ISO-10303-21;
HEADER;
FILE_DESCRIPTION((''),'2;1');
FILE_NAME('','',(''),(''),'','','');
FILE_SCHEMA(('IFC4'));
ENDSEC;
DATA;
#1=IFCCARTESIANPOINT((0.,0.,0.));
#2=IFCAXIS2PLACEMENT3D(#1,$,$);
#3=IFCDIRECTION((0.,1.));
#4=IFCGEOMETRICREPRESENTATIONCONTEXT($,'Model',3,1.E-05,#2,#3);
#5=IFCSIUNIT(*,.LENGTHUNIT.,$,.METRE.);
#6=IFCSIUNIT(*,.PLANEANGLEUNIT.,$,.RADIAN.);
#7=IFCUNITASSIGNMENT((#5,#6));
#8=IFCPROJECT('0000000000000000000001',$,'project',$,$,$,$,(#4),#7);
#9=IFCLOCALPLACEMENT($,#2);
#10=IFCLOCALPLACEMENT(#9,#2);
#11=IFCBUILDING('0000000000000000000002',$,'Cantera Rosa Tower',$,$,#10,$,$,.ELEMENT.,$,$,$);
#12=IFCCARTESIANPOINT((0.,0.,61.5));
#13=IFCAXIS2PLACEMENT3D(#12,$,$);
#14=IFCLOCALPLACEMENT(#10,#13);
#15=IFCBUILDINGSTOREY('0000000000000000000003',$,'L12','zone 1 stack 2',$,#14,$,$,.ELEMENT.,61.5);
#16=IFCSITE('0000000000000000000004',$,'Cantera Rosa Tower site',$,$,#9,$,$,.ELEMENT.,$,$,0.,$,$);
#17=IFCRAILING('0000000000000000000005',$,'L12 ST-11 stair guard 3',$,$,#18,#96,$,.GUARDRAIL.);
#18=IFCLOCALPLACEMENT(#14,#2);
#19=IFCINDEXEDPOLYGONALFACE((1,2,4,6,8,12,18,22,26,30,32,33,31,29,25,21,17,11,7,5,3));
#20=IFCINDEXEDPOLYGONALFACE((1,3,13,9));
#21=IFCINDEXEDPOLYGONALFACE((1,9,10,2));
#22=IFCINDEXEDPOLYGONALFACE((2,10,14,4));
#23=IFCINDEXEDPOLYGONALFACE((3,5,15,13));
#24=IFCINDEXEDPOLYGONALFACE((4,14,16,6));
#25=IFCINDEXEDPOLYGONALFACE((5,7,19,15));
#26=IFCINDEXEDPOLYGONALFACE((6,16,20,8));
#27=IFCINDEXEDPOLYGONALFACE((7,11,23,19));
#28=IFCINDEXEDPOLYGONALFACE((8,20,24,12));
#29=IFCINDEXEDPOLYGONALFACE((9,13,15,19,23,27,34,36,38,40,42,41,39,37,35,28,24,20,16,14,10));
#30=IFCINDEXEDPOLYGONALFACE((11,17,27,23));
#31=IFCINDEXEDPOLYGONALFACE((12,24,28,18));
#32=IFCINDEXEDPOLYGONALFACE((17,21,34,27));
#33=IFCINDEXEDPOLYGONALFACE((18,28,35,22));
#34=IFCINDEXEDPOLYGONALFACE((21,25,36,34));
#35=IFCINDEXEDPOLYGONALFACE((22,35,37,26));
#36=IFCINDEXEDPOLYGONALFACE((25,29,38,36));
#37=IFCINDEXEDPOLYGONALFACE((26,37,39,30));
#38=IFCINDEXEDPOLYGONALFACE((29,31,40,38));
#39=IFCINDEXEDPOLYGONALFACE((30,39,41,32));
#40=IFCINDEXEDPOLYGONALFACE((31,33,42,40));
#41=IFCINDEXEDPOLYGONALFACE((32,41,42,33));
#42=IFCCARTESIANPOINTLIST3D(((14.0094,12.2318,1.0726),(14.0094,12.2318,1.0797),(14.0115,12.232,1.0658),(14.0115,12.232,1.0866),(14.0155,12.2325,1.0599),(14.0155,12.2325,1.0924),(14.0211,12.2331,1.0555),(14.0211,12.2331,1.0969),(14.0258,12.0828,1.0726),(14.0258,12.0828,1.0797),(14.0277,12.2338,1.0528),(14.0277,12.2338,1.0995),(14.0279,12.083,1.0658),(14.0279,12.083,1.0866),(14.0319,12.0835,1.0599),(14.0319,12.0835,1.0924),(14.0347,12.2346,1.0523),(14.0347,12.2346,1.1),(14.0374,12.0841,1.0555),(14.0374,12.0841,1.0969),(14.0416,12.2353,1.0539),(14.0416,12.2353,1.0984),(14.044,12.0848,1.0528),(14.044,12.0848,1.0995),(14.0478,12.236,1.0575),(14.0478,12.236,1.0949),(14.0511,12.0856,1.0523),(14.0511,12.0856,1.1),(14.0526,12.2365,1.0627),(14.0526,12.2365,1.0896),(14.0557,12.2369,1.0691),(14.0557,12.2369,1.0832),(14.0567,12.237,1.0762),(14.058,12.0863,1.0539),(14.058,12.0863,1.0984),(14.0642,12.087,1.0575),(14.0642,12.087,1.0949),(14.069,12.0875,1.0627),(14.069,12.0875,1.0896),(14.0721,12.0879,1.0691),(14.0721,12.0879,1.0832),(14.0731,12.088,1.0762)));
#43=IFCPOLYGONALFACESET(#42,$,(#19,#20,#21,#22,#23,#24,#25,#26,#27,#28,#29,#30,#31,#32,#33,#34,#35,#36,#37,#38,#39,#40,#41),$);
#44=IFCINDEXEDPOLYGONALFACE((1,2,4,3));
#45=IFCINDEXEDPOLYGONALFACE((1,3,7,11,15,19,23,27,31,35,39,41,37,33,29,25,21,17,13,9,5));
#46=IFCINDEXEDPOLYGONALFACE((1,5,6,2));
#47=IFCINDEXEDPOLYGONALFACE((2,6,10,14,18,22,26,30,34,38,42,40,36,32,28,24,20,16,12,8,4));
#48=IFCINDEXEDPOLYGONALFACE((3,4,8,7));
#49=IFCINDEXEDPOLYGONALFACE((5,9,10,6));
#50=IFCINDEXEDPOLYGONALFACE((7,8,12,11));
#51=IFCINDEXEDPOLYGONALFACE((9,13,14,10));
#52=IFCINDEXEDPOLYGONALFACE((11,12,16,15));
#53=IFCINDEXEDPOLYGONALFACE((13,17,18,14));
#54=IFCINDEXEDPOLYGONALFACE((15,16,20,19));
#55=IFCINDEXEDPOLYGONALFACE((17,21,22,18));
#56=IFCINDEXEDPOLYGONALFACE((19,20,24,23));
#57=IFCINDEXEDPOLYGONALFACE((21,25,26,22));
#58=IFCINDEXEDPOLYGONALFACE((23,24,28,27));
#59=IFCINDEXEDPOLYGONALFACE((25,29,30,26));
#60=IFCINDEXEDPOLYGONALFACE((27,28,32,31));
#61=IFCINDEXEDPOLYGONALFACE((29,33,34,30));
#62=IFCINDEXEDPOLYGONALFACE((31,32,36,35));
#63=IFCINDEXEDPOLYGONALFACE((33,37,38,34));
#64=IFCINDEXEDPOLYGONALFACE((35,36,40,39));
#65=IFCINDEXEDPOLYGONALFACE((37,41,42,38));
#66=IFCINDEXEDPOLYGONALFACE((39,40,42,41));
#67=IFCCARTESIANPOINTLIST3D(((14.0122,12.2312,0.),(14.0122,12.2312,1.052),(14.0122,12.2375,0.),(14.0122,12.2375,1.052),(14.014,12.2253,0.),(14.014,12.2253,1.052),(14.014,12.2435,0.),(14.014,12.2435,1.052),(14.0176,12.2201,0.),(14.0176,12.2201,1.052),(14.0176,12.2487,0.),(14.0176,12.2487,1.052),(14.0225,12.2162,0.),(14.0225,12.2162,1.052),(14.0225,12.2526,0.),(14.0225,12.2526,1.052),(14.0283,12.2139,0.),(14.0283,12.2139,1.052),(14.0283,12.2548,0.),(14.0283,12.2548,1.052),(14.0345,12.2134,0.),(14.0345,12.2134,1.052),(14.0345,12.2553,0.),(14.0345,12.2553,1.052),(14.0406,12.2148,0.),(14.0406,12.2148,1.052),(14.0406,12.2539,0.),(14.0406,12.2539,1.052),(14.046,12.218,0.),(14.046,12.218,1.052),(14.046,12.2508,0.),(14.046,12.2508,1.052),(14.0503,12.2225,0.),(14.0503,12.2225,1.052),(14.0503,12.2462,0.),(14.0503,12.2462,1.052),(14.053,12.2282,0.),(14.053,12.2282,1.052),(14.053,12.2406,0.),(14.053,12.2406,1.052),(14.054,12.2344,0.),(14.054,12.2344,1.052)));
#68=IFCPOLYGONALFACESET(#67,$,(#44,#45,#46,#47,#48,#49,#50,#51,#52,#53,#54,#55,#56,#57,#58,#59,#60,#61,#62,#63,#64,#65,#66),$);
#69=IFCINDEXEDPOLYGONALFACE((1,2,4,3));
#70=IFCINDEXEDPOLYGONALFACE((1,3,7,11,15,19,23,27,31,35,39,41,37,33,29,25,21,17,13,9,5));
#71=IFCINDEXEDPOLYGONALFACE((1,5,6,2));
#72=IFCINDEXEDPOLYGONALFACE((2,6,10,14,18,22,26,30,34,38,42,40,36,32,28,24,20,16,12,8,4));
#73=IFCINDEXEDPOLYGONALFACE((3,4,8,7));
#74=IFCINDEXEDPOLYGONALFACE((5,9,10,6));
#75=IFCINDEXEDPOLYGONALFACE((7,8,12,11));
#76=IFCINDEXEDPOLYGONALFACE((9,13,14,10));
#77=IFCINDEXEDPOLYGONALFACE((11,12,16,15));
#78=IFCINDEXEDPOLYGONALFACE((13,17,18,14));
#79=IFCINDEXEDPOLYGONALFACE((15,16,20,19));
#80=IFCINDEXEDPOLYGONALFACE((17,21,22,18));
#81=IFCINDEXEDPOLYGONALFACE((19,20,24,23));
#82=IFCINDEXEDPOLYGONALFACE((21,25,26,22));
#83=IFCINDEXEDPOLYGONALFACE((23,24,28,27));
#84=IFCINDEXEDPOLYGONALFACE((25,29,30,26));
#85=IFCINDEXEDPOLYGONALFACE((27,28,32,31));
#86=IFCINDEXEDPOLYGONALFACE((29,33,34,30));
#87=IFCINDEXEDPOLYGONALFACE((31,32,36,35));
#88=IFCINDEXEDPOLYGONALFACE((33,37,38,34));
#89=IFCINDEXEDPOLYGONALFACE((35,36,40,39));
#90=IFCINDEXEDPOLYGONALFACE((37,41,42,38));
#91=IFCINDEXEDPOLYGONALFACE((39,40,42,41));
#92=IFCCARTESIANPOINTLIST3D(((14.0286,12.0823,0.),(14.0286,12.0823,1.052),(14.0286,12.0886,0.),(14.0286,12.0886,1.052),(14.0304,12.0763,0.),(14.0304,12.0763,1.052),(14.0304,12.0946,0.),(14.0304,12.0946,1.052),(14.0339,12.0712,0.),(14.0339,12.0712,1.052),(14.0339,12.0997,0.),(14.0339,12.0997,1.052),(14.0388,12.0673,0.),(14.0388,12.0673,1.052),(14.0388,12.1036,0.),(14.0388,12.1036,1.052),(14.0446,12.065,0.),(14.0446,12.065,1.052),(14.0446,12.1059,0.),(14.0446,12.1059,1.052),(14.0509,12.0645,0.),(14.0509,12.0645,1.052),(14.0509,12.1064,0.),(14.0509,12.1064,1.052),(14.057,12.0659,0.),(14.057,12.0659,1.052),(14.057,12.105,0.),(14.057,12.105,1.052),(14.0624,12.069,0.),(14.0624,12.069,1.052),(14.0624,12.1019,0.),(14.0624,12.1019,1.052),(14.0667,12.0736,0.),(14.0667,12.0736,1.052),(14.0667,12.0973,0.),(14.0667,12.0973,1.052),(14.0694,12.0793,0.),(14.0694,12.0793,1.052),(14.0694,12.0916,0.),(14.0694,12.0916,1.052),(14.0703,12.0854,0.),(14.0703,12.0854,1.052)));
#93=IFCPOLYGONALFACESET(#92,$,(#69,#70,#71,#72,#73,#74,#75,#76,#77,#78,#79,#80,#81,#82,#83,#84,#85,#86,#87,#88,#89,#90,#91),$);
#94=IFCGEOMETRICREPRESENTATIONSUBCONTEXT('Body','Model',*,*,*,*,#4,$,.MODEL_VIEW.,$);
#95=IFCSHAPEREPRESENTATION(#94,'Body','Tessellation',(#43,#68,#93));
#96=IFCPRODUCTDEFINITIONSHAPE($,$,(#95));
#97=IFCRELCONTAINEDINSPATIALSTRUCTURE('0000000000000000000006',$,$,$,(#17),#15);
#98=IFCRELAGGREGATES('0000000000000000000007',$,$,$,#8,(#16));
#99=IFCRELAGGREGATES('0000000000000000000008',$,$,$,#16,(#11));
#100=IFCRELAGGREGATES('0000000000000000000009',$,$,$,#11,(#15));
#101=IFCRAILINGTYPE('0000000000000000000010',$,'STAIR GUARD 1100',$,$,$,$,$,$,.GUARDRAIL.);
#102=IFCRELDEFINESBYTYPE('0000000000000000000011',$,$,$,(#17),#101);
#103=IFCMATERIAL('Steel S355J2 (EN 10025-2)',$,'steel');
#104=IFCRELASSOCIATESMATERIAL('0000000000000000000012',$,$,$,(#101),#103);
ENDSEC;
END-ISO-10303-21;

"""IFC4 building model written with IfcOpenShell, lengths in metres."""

from ifc_helpers import new_model, si_unit, direction, frame, origin, origin_2d, place, context, subcontext, project, spatial, circle, extrude, material, type_object, element, save


model = new_model("IFC4")

# Units and contexts
model_context = context("Model", 3, precision=1e-05, world=origin(), true_north=direction((0.0, 1.0)))
body_context = subcontext(model_context, "Body", "Model", "MODEL_VIEW")
ifc_project = project(units=[si_unit("LENGTHUNIT", "METRE"), si_unit("PLANEANGLEUNIT", "RADIAN")], contexts=[model_context])

# Site, building, storey
site_placement = place(None, origin())
site = spatial("IfcSite", under=ifc_project, at=site_placement, Name="Cantera Rosa Tower site", CompositionType="ELEMENT", RefElevation=0.0)
building_placement = place(site_placement, origin())
building = spatial("IfcBuilding", under=site, at=building_placement, Name="Cantera Rosa Tower", CompositionType="ELEMENT")
storey_placement = place(building_placement, frame((0.0, 0.0, 61.5)))
storey = spatial("IfcBuildingStorey", under=building, at=storey_placement, Name="L12", Description="zone 1 stack 2", CompositionType="ELEMENT", Elevation=61.5)

# Railing
ifc_material_1 = material(Name="Steel S355J2 (EN 10025-2)", Category="steel")
railing_type_1 = type_object("IfcRailingType", Name="STAIR GUARD 1100", PredefinedType="GUARDRAIL", material=ifc_material_1)
railing_1_placement = place(storey_placement, frame((14.033, 12.2344, 0.0)))
element("IfcRailing", 1, at=railing_1_placement, inside=storey, type_object=railing_type_1, Name="L12 ST-11 stair guard 3", PredefinedType="GUARDRAIL", context=body_context, shape_type="SweptSolid", body=[
    extrude(circle(Radius=0.0239, at=origin_2d()), frame((0.0, 0.0, 1.0762), z_axis=(0.109179, -0.994022, 0.0), x_axis=(0.994022, 0.109179, 0.0)), (0.0, 0.0, 1.0), 0.1499),
    extrude(circle(Radius=0.021, at=origin_2d()), origin(), (0.0, 0.0, 1.0), 1.052),
    extrude(circle(Radius=0.021, at=origin_2d()), frame((0.0164, -0.1489, 0.0)), (0.0, 0.0, 1.0), 1.052),
])

save(model, "model.ifc")
